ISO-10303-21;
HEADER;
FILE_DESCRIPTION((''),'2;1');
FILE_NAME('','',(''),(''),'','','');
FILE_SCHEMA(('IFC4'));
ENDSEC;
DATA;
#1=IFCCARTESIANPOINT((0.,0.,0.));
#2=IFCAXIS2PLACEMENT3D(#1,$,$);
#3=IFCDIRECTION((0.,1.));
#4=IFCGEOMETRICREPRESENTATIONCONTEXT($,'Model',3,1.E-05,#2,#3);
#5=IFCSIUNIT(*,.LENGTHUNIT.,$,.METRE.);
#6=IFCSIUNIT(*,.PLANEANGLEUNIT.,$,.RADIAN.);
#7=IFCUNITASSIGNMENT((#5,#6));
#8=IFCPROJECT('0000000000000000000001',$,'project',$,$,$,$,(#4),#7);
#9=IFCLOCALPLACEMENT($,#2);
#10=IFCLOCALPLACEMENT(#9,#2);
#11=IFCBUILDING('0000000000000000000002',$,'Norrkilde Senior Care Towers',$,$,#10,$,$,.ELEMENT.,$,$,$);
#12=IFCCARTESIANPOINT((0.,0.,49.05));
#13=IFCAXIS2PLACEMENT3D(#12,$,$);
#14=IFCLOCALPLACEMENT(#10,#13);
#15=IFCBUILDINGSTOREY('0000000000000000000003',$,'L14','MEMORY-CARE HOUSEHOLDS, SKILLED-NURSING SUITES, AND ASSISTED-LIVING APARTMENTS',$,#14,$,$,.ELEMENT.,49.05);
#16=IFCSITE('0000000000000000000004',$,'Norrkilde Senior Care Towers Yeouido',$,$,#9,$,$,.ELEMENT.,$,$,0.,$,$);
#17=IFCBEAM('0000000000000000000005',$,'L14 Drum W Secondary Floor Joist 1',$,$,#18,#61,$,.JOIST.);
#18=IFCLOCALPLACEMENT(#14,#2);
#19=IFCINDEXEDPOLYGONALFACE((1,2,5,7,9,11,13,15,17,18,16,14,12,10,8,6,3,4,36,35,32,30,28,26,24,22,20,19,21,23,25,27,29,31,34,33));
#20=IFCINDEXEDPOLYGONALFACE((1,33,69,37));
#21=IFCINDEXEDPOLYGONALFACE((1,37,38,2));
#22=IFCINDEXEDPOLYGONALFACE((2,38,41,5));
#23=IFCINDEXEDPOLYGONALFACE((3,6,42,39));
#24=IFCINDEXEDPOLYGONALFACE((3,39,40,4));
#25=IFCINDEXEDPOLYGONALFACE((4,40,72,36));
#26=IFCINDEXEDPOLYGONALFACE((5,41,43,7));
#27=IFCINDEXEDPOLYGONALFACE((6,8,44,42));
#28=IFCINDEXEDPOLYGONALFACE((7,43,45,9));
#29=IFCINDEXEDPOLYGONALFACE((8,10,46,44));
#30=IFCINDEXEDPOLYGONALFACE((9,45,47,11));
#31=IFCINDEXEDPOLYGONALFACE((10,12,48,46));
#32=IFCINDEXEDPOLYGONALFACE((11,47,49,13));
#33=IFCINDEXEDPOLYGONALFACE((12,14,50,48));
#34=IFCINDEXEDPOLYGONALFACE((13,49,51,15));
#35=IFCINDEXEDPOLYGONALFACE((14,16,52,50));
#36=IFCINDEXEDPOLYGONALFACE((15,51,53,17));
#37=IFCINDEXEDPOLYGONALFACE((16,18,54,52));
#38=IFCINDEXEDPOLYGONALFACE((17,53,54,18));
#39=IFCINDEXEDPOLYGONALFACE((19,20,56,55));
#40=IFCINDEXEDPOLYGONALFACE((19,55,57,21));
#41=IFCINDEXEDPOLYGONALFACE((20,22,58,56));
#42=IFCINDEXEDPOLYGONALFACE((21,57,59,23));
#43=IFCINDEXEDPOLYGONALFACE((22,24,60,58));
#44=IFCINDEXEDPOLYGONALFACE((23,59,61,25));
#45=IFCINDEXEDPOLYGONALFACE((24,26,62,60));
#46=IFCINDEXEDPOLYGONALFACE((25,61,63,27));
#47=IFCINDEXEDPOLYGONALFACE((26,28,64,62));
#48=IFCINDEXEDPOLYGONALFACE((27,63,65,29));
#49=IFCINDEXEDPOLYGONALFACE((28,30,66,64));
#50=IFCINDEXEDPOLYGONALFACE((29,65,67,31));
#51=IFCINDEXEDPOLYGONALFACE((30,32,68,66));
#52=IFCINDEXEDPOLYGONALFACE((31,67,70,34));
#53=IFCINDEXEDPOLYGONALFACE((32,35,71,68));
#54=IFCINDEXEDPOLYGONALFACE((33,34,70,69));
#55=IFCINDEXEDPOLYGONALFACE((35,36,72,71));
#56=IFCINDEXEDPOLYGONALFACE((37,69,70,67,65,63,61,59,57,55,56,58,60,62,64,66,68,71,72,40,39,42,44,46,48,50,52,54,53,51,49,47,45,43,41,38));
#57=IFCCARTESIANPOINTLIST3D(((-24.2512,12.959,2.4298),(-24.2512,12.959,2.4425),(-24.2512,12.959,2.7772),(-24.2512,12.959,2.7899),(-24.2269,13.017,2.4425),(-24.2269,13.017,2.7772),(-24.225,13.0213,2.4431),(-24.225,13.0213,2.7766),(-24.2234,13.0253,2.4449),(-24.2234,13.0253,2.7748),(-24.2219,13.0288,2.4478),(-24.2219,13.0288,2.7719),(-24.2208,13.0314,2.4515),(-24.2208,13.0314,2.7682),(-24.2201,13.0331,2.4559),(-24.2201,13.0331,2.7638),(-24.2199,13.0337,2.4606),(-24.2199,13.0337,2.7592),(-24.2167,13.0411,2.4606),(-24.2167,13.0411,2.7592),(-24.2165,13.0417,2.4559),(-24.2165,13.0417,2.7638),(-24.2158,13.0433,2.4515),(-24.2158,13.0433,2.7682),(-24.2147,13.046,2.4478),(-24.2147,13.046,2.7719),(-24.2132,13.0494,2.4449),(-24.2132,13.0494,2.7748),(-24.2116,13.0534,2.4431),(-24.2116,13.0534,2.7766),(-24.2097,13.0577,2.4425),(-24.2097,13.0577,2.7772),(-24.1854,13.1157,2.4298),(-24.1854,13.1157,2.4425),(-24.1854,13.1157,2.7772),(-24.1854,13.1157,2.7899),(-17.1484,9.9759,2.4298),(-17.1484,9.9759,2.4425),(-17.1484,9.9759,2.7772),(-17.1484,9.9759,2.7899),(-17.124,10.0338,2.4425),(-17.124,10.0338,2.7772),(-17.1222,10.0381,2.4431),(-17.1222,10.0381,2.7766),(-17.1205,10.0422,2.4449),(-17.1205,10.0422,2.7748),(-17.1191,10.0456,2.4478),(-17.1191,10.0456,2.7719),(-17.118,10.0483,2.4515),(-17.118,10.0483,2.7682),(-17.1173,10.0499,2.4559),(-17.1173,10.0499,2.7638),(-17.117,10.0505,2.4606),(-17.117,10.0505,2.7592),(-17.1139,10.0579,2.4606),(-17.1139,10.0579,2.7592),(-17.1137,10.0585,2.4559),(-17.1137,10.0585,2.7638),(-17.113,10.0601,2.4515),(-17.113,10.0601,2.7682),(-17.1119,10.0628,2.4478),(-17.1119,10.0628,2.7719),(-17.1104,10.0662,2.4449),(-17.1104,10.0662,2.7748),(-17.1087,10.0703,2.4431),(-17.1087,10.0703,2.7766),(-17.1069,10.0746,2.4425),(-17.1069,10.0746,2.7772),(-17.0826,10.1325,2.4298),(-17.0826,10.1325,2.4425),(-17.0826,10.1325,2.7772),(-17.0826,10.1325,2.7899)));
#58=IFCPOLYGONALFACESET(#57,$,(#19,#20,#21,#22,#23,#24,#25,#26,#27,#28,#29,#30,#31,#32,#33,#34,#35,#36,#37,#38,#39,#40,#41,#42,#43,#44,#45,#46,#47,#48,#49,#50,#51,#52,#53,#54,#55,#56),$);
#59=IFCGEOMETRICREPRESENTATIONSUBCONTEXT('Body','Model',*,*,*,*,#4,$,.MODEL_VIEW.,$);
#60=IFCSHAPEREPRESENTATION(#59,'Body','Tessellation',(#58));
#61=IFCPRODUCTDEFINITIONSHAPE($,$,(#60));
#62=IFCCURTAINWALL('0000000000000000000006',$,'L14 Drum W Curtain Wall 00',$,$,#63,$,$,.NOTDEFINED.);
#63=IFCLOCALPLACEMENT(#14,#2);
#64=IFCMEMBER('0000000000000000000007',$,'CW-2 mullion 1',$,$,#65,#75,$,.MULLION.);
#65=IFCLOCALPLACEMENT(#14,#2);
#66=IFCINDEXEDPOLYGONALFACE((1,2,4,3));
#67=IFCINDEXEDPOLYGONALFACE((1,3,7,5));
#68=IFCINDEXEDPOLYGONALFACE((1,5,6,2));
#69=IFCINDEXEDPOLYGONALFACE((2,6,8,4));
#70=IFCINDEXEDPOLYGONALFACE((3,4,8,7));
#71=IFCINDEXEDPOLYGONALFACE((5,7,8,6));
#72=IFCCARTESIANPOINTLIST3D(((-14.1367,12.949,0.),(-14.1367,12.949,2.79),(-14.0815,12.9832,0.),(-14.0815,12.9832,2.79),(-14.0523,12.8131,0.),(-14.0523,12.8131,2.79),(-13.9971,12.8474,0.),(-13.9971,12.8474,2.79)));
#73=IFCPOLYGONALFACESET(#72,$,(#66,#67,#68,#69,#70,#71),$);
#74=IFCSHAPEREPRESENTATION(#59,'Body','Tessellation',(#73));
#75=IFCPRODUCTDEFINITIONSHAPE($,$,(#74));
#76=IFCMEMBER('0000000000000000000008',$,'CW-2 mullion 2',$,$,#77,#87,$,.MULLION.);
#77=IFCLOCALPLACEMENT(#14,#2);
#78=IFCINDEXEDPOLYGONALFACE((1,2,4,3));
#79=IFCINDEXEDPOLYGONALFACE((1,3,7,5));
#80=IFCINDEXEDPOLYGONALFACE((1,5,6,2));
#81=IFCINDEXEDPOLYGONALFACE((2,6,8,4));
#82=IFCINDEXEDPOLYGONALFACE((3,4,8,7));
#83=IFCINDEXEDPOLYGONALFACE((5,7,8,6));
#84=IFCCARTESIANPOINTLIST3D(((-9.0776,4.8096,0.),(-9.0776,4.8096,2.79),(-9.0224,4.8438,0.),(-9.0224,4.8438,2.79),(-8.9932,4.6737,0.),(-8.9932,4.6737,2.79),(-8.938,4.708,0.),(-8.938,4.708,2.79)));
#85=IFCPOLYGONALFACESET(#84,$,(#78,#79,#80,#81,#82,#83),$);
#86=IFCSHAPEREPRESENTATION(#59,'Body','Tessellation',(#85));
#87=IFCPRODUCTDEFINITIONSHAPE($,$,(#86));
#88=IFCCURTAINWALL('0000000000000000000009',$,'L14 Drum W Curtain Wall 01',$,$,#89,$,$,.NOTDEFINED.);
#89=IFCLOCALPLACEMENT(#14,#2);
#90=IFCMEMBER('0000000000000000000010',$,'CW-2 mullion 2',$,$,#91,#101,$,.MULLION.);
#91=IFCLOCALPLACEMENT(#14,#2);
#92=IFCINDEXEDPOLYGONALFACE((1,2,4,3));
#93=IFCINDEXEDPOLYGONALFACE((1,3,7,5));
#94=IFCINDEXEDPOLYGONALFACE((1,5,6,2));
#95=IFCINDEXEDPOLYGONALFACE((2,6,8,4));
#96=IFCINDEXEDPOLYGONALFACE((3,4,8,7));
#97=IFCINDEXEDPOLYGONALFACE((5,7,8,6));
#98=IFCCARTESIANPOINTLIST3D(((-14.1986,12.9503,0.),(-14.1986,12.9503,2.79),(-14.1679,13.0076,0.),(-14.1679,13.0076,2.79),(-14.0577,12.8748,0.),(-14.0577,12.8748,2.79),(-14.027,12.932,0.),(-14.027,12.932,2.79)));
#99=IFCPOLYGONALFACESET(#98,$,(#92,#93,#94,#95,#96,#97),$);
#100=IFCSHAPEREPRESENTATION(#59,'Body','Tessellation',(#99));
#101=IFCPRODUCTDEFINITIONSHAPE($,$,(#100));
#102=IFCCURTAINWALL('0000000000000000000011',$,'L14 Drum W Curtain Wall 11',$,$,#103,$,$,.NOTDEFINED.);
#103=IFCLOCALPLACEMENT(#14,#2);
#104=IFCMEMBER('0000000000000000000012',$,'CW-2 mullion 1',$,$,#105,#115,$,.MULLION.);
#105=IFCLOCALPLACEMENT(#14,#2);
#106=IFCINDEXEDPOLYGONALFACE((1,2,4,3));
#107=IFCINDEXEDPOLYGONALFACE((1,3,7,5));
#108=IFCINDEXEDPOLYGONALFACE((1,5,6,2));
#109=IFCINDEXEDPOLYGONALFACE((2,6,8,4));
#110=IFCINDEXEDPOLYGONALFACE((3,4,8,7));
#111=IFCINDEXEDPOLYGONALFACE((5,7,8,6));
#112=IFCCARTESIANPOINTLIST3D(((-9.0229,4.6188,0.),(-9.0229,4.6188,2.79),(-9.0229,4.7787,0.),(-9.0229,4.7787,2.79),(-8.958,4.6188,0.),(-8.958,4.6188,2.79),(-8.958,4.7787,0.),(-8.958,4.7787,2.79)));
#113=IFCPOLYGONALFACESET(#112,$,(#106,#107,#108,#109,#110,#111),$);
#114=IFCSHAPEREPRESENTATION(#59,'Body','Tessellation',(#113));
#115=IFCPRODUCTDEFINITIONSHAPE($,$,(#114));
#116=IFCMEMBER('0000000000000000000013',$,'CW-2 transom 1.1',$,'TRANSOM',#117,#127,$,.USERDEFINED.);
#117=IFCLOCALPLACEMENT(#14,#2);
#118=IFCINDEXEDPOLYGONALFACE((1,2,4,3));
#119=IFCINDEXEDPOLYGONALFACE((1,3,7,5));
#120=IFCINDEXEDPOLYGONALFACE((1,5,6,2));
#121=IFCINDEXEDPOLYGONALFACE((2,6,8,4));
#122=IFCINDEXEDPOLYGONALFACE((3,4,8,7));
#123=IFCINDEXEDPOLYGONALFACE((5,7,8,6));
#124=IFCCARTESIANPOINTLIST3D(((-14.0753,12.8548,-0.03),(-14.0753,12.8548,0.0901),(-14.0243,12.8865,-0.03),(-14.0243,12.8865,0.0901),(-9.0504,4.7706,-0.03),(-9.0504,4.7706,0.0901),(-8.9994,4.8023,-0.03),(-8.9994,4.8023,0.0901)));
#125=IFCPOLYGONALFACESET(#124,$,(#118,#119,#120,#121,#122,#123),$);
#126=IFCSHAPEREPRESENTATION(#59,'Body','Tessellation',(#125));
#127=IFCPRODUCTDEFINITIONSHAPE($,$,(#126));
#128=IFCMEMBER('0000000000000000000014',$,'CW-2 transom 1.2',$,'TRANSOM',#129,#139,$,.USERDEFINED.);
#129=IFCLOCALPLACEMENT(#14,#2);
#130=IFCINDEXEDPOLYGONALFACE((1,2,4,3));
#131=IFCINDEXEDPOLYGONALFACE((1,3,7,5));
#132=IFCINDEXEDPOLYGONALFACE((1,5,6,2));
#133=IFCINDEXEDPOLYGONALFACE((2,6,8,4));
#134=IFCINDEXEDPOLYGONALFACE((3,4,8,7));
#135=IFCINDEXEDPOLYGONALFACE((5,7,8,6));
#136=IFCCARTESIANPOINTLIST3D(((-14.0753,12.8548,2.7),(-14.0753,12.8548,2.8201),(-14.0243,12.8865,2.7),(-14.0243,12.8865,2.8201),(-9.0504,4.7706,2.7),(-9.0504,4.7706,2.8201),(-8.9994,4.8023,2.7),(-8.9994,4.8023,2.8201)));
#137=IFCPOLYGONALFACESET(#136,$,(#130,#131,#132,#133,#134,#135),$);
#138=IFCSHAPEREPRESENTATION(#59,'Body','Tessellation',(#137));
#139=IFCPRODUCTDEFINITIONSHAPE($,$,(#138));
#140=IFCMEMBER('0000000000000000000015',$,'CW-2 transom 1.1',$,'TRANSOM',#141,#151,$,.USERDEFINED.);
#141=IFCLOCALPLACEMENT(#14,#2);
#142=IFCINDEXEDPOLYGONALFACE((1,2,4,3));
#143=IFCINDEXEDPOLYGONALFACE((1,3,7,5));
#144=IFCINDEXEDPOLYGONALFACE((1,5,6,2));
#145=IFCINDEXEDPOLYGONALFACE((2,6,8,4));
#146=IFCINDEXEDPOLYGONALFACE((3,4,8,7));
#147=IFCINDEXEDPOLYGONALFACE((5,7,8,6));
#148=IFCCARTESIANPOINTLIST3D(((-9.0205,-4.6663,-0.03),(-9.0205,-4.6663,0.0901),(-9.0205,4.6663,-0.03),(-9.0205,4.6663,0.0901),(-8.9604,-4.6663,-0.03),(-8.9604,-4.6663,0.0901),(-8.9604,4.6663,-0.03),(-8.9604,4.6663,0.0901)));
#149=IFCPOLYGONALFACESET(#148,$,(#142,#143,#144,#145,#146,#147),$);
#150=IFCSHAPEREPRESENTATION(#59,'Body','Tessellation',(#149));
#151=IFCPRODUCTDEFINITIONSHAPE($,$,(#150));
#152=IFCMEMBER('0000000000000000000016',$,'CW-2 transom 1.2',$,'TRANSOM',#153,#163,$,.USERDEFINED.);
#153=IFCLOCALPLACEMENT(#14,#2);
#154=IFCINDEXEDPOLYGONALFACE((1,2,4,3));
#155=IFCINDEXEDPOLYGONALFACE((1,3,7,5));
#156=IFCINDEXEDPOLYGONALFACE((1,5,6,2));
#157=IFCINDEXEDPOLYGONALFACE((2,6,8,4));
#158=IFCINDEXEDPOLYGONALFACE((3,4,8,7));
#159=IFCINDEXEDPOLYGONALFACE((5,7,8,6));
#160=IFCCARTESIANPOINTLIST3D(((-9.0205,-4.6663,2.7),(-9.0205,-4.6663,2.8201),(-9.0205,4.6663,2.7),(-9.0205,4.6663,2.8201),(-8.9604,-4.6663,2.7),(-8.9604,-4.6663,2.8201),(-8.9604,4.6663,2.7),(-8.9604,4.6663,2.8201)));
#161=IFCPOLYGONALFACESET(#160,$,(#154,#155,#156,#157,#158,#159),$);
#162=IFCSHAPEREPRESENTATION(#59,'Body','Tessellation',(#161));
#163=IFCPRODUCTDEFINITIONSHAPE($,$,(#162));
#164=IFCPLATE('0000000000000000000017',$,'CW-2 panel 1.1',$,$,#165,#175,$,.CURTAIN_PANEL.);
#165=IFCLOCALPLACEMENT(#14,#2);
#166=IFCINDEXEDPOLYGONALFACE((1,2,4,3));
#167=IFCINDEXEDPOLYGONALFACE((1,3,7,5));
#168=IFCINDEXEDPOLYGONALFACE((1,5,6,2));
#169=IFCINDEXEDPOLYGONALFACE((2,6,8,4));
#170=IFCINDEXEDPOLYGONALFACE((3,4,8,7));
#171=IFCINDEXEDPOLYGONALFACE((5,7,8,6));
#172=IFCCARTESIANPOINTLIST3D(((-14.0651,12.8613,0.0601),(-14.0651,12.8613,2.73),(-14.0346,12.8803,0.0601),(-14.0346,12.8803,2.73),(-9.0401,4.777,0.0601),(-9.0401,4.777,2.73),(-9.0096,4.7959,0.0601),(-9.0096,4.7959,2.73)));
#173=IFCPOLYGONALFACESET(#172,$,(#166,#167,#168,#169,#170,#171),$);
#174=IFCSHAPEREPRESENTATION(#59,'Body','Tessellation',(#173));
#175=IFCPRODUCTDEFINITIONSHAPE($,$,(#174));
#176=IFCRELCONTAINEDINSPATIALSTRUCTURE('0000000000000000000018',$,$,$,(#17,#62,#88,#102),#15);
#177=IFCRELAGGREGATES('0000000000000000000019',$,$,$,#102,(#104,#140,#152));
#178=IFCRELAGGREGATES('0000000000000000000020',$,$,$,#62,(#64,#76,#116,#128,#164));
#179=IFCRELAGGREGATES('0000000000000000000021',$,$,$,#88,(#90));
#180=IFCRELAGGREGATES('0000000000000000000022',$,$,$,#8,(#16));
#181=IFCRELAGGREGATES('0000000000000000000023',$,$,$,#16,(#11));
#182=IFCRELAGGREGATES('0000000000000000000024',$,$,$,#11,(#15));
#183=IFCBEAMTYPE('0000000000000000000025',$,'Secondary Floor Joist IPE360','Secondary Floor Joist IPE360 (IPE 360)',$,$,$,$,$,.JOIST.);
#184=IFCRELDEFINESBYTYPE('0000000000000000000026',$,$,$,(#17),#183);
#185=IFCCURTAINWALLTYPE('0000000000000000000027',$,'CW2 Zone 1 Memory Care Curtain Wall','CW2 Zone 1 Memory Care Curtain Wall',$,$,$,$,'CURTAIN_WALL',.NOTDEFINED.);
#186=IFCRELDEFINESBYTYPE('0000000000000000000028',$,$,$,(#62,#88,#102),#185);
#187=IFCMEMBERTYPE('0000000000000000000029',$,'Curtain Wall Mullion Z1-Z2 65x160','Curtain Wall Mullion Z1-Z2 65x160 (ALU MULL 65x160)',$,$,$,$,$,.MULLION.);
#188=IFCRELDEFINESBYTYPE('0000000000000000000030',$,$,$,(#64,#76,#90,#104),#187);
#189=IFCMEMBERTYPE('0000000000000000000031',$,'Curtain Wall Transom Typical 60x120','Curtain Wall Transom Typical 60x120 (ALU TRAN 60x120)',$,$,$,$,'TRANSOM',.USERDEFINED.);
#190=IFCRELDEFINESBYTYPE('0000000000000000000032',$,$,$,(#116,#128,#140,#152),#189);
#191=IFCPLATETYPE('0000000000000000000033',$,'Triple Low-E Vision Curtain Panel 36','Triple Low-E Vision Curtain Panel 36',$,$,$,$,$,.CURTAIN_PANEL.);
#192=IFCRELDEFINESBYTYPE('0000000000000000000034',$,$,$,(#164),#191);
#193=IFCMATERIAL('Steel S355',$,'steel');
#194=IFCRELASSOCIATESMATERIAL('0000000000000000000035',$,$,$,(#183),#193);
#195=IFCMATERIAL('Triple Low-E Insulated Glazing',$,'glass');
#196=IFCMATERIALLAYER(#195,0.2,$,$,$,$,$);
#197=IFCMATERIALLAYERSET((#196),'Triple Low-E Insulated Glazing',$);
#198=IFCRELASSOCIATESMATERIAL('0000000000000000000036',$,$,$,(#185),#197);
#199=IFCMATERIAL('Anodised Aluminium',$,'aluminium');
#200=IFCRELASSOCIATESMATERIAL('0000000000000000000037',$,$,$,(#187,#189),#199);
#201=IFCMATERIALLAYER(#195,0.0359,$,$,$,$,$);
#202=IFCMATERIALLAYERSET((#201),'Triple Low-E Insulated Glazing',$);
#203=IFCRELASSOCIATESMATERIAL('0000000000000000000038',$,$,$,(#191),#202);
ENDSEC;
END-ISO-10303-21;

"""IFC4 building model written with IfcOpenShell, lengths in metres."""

from ifc_helpers import new_model, si_unit, direction, frame, origin, origin_2d, place, context, subcontext, project, spatial, rectangle, i_section, extrude, source, transform, mapped, material, layer, layer_set, material_profile, profile_set, type_object, type_shapes, element, aggregate, save


model = new_model("IFC4")

# Units and contexts
model_context = context("Model", 3, precision=1e-05, world=origin(), true_north=direction((0.0, 1.0)))
body_context = subcontext(model_context, "Body", "Model", "MODEL_VIEW")
ifc_project = project(units=[si_unit("LENGTHUNIT", "METRE"), si_unit("PLANEANGLEUNIT", "RADIAN")], contexts=[model_context])

# Site, building, storey
site_placement = place(None, origin())
site = spatial("IfcSite", under=ifc_project, at=site_placement, Name="Norrkilde Senior Care Towers Yeouido", CompositionType="ELEMENT", RefElevation=0.0)
building_placement = place(site_placement, origin())
building = spatial("IfcBuilding", under=site, at=building_placement, Name="Norrkilde Senior Care Towers", CompositionType="ELEMENT")
storey_placement = place(building_placement, frame((0.0, 0.0, 49.05)))
storey = spatial("IfcBuildingStorey", under=building, at=storey_placement, Name="L14", Description="MEMORY-CARE HOUSEHOLDS, SKILLED-NURSING SUITES, AND ASSISTED-LIVING APARTMENTS", CompositionType="ELEMENT", Elevation=49.05)

# Beam
ifc_material_1 = material(Name="Steel S355", Category="steel")
ifc_material_profile_1 = material_profile(ifc_material_1, i_section(OverallWidth=0.1699, OverallDepth=0.3601, WebThickness=0.0081, FlangeThickness=0.0127, FilletRadius=0.0181, at=origin_2d()), Name="IPE 360")
ifc_profile_set_1 = profile_set([ifc_material_profile_1], Name="Steel S355")
beam_type_1 = type_object("IfcBeamType", Name="Secondary Floor Joist IPE360", Description="Secondary Floor Joist IPE360 (IPE 360)", PredefinedType="JOIST", material=ifc_profile_set_1)
shared_shape_1 = source(origin(), body_context, "Body", "SweptSolid", [
    extrude(i_section(OverallWidth=0.1699, OverallDepth=0.3601, WebThickness=0.0081, FlangeThickness=0.0127, FilletRadius=0.0181, at=origin_2d()), origin(), (0.0, 0.0, 1.0), 7.7039),
])
type_shapes(beam_type_1, [shared_shape_1])
beam_1_placement = place(storey_placement, frame((-17.1155, 10.0542, 2.6099), z_axis=(-0.921983, 0.387231, 0.0), x_axis=(-0.387231, -0.921983, 0.0)))
element("IfcBeam", 1, at=beam_1_placement, inside=storey, type_object=beam_type_1, Name="L14 Drum W Secondary Floor Joist 1", PredefinedType="JOIST", context=body_context, shape_type="MappedRepresentation", body=[
    mapped(shared_shape_1, transform((0.0, 0.0, 0.0), x_axis=(1.0, 0.0, 0.0), y_axis=(0.0, 1.0, 0.0), z_axis=(0.0, 0.0, 1.0), scale=1.0)),
])

# Curtain wall, members
ifc_material_2 = material(Name="Triple Low-E Insulated Glazing", Category="glass")
ifc_layer_1 = layer(ifc_material_2, 0.2)
ifc_layer_set_1 = layer_set([ifc_layer_1], Name="Triple Low-E Insulated Glazing")
curtain_wall_type = type_object("IfcCurtainWallType", Name="CW2 Zone 1 Memory Care Curtain Wall", Description="CW2 Zone 1 Memory Care Curtain Wall", ElementType="CURTAIN_WALL", PredefinedType="NOTDEFINED", material=ifc_layer_set_1)
curtain_wall_1_placement = place(storey_placement, origin())
curtain_wall_1 = element("IfcCurtainWall", 2, at=curtain_wall_1_placement, inside=storey, type_object=curtain_wall_type, Name="L14 Drum W Curtain Wall 00", PredefinedType="NOTDEFINED")
ifc_material_3 = material(Name="Anodised Aluminium", Category="aluminium")
ifc_material_profile_2 = material_profile(ifc_material_3, rectangle(XDim=0.0649, YDim=0.1599, at=origin_2d()), Name="ALU MULL 65x160")
ifc_profile_set_2 = profile_set([ifc_material_profile_2], Name="Anodised Aluminium")
member_type_1 = type_object("IfcMemberType", Name="Curtain Wall Mullion Z1-Z2 65x160", Description="Curtain Wall Mullion Z1-Z2 65x160 (ALU MULL 65x160)", PredefinedType="MULLION", material=ifc_profile_set_2)
shared_shape_2 = source(origin(), body_context, "Body", "SweptSolid", [
    extrude(rectangle(XDim=0.0649, YDim=0.1599, at=origin_2d()), origin(), (0.0, 0.0, 1.0), 2.79),
])
type_shapes(member_type_1, [shared_shape_2])
member_1_placement = place(storey_placement, frame((-14.0669, 12.8982, 0.0), z_axis=(0.0, 0.0, 1.0), x_axis=(0.849306, 0.527901, 0.0)))
member_1 = element("IfcMember", 3, at=member_1_placement, type_object=member_type_1, Name="CW-2 mullion 1", PredefinedType="MULLION", context=body_context, shape_type="MappedRepresentation", body=[
    mapped(shared_shape_2, transform((0.0, 0.0, 0.0), x_axis=(1.0, 0.0, 0.0), y_axis=(0.0, 1.0, 0.0), z_axis=(0.0, 0.0, 1.0), scale=1.0)),
])
member_2_placement = place(storey_placement, frame((-9.0078, 4.7588, 0.0), z_axis=(0.0, 0.0, 1.0), x_axis=(0.849306, 0.527901, 0.0)))
member_2 = element("IfcMember", 4, at=member_2_placement, type_object=member_type_1, Name="CW-2 mullion 2", PredefinedType="MULLION", context=body_context, shape_type="MappedRepresentation", body=[
    mapped(shared_shape_2, transform((0.0, 0.0, 0.0), x_axis=(1.0, 0.0, 0.0), y_axis=(0.0, 1.0, 0.0), z_axis=(0.0, 0.0, 1.0), scale=1.0)),
])

# Curtain walls, members
curtain_wall_2_placement = place(storey_placement, origin())
curtain_wall_2 = element("IfcCurtainWall", 5, at=curtain_wall_2_placement, inside=storey, type_object=curtain_wall_type, Name="L14 Drum W Curtain Wall 01", PredefinedType="NOTDEFINED")
member_3_placement = place(storey_placement, frame((-14.1128, 12.9412, 0.0), z_axis=(0.0, 0.0, 1.0), x_axis=(0.472608, 0.881273, 0.0)))
member_3 = element("IfcMember", 6, at=member_3_placement, type_object=member_type_1, Name="CW-2 mullion 2", PredefinedType="MULLION", context=body_context, shape_type="MappedRepresentation", body=[
    mapped(shared_shape_2, transform((0.0, 0.0, 0.0), x_axis=(1.0, 0.0, 0.0), y_axis=(0.0, 1.0, 0.0), z_axis=(0.0, 0.0, 1.0), scale=1.0)),
])
curtain_wall_3_placement = place(storey_placement, origin())
curtain_wall_3 = element("IfcCurtainWall", 7, at=curtain_wall_3_placement, inside=storey, type_object=curtain_wall_type, Name="L14 Drum W Curtain Wall 11", PredefinedType="NOTDEFINED")
member_4_placement = place(storey_placement, frame((-8.9905, 4.6987, 0.0), z_axis=(0.0, 0.0, 1.0), x_axis=(1.0, 0.0, 0.0)))
member_4 = element("IfcMember", 8, at=member_4_placement, type_object=member_type_1, Name="CW-2 mullion 1", PredefinedType="MULLION", context=body_context, shape_type="MappedRepresentation", body=[
    mapped(shared_shape_2, transform((0.0, 0.0, 0.0), x_axis=(1.0, 0.0, 0.0), y_axis=(0.0, 1.0, 0.0), z_axis=(0.0, 0.0, 1.0), scale=1.0)),
])

# Members
ifc_material_profile_3 = material_profile(ifc_material_3, rectangle(XDim=0.0601, YDim=0.1201, at=origin_2d()), Name="ALU TRAN 60x120")
ifc_profile_set_3 = profile_set([ifc_material_profile_3], Name="Anodised Aluminium")
member_type_2 = type_object("IfcMemberType", Name="Curtain Wall Transom Typical 60x120", Description="Curtain Wall Transom Typical 60x120 (ALU TRAN 60x120)", ElementType="TRANSOM", PredefinedType="USERDEFINED", material=ifc_profile_set_3)
shared_shape_3 = source(origin(), body_context, "Body", "SweptSolid", [
    extrude(rectangle(XDim=0.0601, YDim=0.1201, at=origin_2d()), origin(), (0.0, 0.0, 1.0), 9.5186),
])
member_5_placement = place(storey_placement, frame((-14.0498, 12.8706, 0.03), z_axis=(0.527902, -0.849306, 0.0), x_axis=(0.849306, 0.527902, 0.0)))
member_5 = element("IfcMember", 9, at=member_5_placement, type_object=member_type_2, Name="CW-2 transom 1.1", ObjectType="TRANSOM", PredefinedType="USERDEFINED", context=body_context, shape_type="MappedRepresentation", body=[
    mapped(shared_shape_3, transform((0.0, 0.0, 0.0), x_axis=(1.0, 0.0, 0.0), y_axis=(0.0, 1.0, 0.0), z_axis=(0.0, 0.0, 1.0), scale=1.0)),
])
member_6_placement = place(storey_placement, frame((-14.0498, 12.8706, 2.76), z_axis=(0.527902, -0.849306, 0.0), x_axis=(0.849306, 0.527902, 0.0)))
member_6 = element("IfcMember", 10, at=member_6_placement, type_object=member_type_2, Name="CW-2 transom 1.2", ObjectType="TRANSOM", PredefinedType="USERDEFINED", context=body_context, shape_type="MappedRepresentation", body=[
    mapped(shared_shape_3, transform((0.0, 0.0, 0.0), x_axis=(1.0, 0.0, 0.0), y_axis=(0.0, 1.0, 0.0), z_axis=(0.0, 0.0, 1.0), scale=1.0)),
])
shared_shape_4 = source(origin(), body_context, "Body", "SweptSolid", [
    extrude(rectangle(XDim=0.0601, YDim=0.1201, at=origin_2d()), origin(), (0.0, 0.0, 1.0), 9.3325),
])
type_shapes(member_type_2, [shared_shape_3, shared_shape_4])
member_7_placement = place(storey_placement, frame((-8.9905, 4.6663, 0.03), z_axis=(0.0, -1.0, 0.0), x_axis=(1.0, 0.0, 0.0)))
member_7 = element("IfcMember", 11, at=member_7_placement, type_object=member_type_2, Name="CW-2 transom 1.1", ObjectType="TRANSOM", PredefinedType="USERDEFINED", context=body_context, shape_type="MappedRepresentation", body=[
    mapped(shared_shape_4, transform((0.0, 0.0, 0.0), x_axis=(1.0, 0.0, 0.0), y_axis=(0.0, 1.0, 0.0), z_axis=(0.0, 0.0, 1.0), scale=1.0)),
])
member_8_placement = place(storey_placement, frame((-8.9905, 4.6663, 2.76), z_axis=(0.0, -1.0, 0.0), x_axis=(1.0, 0.0, 0.0)))
member_8 = element("IfcMember", 12, at=member_8_placement, type_object=member_type_2, Name="CW-2 transom 1.2", ObjectType="TRANSOM", PredefinedType="USERDEFINED", context=body_context, shape_type="MappedRepresentation", body=[
    mapped(shared_shape_4, transform((0.0, 0.0, 0.0), x_axis=(1.0, 0.0, 0.0), y_axis=(0.0, 1.0, 0.0), z_axis=(0.0, 0.0, 1.0), scale=1.0)),
])
aggregate(curtain_wall_3, [member_4, member_7, member_8])

# Plate
ifc_layer_2 = layer(ifc_material_2, 0.0359)
ifc_layer_set_2 = layer_set([ifc_layer_2], Name="Triple Low-E Insulated Glazing")
plate_type = type_object("IfcPlateType", Name="Triple Low-E Vision Curtain Panel 36", Description="Triple Low-E Vision Curtain Panel 36", PredefinedType="CURTAIN_PANEL", material=ifc_layer_set_2)
shared_shape_5 = source(origin(), body_context, "Body", "SweptSolid", [
    extrude(rectangle(XDim=9.5188, YDim=0.0359, at=origin_2d()), origin(), (0.0, 0.0, 1.0), 2.6699),
])
plate_1_placement = place(storey_placement, frame((-11.5374, 8.8286, 0.0601), z_axis=(0.0, 0.0, 1.0), x_axis=(0.527901, -0.849306, 0.0)))
plate_1 = element("IfcPlate", 13, at=plate_1_placement, type_object=plate_type, Name="CW-2 panel 1.1", PredefinedType="CURTAIN_PANEL", context=body_context, shape_type="MappedRepresentation", body=[
    mapped(shared_shape_5, transform((0.0, 0.0, 0.0), x_axis=(1.0, 0.0, 0.0), y_axis=(0.0, 1.0, 0.0), z_axis=(0.0, 0.0, 1.0), scale=1.0)),
])
aggregate(curtain_wall_1, [member_1, member_2, member_5, member_6, plate_1])
aggregate(curtain_wall_2, [member_3])

save(model, "model.ifc")
